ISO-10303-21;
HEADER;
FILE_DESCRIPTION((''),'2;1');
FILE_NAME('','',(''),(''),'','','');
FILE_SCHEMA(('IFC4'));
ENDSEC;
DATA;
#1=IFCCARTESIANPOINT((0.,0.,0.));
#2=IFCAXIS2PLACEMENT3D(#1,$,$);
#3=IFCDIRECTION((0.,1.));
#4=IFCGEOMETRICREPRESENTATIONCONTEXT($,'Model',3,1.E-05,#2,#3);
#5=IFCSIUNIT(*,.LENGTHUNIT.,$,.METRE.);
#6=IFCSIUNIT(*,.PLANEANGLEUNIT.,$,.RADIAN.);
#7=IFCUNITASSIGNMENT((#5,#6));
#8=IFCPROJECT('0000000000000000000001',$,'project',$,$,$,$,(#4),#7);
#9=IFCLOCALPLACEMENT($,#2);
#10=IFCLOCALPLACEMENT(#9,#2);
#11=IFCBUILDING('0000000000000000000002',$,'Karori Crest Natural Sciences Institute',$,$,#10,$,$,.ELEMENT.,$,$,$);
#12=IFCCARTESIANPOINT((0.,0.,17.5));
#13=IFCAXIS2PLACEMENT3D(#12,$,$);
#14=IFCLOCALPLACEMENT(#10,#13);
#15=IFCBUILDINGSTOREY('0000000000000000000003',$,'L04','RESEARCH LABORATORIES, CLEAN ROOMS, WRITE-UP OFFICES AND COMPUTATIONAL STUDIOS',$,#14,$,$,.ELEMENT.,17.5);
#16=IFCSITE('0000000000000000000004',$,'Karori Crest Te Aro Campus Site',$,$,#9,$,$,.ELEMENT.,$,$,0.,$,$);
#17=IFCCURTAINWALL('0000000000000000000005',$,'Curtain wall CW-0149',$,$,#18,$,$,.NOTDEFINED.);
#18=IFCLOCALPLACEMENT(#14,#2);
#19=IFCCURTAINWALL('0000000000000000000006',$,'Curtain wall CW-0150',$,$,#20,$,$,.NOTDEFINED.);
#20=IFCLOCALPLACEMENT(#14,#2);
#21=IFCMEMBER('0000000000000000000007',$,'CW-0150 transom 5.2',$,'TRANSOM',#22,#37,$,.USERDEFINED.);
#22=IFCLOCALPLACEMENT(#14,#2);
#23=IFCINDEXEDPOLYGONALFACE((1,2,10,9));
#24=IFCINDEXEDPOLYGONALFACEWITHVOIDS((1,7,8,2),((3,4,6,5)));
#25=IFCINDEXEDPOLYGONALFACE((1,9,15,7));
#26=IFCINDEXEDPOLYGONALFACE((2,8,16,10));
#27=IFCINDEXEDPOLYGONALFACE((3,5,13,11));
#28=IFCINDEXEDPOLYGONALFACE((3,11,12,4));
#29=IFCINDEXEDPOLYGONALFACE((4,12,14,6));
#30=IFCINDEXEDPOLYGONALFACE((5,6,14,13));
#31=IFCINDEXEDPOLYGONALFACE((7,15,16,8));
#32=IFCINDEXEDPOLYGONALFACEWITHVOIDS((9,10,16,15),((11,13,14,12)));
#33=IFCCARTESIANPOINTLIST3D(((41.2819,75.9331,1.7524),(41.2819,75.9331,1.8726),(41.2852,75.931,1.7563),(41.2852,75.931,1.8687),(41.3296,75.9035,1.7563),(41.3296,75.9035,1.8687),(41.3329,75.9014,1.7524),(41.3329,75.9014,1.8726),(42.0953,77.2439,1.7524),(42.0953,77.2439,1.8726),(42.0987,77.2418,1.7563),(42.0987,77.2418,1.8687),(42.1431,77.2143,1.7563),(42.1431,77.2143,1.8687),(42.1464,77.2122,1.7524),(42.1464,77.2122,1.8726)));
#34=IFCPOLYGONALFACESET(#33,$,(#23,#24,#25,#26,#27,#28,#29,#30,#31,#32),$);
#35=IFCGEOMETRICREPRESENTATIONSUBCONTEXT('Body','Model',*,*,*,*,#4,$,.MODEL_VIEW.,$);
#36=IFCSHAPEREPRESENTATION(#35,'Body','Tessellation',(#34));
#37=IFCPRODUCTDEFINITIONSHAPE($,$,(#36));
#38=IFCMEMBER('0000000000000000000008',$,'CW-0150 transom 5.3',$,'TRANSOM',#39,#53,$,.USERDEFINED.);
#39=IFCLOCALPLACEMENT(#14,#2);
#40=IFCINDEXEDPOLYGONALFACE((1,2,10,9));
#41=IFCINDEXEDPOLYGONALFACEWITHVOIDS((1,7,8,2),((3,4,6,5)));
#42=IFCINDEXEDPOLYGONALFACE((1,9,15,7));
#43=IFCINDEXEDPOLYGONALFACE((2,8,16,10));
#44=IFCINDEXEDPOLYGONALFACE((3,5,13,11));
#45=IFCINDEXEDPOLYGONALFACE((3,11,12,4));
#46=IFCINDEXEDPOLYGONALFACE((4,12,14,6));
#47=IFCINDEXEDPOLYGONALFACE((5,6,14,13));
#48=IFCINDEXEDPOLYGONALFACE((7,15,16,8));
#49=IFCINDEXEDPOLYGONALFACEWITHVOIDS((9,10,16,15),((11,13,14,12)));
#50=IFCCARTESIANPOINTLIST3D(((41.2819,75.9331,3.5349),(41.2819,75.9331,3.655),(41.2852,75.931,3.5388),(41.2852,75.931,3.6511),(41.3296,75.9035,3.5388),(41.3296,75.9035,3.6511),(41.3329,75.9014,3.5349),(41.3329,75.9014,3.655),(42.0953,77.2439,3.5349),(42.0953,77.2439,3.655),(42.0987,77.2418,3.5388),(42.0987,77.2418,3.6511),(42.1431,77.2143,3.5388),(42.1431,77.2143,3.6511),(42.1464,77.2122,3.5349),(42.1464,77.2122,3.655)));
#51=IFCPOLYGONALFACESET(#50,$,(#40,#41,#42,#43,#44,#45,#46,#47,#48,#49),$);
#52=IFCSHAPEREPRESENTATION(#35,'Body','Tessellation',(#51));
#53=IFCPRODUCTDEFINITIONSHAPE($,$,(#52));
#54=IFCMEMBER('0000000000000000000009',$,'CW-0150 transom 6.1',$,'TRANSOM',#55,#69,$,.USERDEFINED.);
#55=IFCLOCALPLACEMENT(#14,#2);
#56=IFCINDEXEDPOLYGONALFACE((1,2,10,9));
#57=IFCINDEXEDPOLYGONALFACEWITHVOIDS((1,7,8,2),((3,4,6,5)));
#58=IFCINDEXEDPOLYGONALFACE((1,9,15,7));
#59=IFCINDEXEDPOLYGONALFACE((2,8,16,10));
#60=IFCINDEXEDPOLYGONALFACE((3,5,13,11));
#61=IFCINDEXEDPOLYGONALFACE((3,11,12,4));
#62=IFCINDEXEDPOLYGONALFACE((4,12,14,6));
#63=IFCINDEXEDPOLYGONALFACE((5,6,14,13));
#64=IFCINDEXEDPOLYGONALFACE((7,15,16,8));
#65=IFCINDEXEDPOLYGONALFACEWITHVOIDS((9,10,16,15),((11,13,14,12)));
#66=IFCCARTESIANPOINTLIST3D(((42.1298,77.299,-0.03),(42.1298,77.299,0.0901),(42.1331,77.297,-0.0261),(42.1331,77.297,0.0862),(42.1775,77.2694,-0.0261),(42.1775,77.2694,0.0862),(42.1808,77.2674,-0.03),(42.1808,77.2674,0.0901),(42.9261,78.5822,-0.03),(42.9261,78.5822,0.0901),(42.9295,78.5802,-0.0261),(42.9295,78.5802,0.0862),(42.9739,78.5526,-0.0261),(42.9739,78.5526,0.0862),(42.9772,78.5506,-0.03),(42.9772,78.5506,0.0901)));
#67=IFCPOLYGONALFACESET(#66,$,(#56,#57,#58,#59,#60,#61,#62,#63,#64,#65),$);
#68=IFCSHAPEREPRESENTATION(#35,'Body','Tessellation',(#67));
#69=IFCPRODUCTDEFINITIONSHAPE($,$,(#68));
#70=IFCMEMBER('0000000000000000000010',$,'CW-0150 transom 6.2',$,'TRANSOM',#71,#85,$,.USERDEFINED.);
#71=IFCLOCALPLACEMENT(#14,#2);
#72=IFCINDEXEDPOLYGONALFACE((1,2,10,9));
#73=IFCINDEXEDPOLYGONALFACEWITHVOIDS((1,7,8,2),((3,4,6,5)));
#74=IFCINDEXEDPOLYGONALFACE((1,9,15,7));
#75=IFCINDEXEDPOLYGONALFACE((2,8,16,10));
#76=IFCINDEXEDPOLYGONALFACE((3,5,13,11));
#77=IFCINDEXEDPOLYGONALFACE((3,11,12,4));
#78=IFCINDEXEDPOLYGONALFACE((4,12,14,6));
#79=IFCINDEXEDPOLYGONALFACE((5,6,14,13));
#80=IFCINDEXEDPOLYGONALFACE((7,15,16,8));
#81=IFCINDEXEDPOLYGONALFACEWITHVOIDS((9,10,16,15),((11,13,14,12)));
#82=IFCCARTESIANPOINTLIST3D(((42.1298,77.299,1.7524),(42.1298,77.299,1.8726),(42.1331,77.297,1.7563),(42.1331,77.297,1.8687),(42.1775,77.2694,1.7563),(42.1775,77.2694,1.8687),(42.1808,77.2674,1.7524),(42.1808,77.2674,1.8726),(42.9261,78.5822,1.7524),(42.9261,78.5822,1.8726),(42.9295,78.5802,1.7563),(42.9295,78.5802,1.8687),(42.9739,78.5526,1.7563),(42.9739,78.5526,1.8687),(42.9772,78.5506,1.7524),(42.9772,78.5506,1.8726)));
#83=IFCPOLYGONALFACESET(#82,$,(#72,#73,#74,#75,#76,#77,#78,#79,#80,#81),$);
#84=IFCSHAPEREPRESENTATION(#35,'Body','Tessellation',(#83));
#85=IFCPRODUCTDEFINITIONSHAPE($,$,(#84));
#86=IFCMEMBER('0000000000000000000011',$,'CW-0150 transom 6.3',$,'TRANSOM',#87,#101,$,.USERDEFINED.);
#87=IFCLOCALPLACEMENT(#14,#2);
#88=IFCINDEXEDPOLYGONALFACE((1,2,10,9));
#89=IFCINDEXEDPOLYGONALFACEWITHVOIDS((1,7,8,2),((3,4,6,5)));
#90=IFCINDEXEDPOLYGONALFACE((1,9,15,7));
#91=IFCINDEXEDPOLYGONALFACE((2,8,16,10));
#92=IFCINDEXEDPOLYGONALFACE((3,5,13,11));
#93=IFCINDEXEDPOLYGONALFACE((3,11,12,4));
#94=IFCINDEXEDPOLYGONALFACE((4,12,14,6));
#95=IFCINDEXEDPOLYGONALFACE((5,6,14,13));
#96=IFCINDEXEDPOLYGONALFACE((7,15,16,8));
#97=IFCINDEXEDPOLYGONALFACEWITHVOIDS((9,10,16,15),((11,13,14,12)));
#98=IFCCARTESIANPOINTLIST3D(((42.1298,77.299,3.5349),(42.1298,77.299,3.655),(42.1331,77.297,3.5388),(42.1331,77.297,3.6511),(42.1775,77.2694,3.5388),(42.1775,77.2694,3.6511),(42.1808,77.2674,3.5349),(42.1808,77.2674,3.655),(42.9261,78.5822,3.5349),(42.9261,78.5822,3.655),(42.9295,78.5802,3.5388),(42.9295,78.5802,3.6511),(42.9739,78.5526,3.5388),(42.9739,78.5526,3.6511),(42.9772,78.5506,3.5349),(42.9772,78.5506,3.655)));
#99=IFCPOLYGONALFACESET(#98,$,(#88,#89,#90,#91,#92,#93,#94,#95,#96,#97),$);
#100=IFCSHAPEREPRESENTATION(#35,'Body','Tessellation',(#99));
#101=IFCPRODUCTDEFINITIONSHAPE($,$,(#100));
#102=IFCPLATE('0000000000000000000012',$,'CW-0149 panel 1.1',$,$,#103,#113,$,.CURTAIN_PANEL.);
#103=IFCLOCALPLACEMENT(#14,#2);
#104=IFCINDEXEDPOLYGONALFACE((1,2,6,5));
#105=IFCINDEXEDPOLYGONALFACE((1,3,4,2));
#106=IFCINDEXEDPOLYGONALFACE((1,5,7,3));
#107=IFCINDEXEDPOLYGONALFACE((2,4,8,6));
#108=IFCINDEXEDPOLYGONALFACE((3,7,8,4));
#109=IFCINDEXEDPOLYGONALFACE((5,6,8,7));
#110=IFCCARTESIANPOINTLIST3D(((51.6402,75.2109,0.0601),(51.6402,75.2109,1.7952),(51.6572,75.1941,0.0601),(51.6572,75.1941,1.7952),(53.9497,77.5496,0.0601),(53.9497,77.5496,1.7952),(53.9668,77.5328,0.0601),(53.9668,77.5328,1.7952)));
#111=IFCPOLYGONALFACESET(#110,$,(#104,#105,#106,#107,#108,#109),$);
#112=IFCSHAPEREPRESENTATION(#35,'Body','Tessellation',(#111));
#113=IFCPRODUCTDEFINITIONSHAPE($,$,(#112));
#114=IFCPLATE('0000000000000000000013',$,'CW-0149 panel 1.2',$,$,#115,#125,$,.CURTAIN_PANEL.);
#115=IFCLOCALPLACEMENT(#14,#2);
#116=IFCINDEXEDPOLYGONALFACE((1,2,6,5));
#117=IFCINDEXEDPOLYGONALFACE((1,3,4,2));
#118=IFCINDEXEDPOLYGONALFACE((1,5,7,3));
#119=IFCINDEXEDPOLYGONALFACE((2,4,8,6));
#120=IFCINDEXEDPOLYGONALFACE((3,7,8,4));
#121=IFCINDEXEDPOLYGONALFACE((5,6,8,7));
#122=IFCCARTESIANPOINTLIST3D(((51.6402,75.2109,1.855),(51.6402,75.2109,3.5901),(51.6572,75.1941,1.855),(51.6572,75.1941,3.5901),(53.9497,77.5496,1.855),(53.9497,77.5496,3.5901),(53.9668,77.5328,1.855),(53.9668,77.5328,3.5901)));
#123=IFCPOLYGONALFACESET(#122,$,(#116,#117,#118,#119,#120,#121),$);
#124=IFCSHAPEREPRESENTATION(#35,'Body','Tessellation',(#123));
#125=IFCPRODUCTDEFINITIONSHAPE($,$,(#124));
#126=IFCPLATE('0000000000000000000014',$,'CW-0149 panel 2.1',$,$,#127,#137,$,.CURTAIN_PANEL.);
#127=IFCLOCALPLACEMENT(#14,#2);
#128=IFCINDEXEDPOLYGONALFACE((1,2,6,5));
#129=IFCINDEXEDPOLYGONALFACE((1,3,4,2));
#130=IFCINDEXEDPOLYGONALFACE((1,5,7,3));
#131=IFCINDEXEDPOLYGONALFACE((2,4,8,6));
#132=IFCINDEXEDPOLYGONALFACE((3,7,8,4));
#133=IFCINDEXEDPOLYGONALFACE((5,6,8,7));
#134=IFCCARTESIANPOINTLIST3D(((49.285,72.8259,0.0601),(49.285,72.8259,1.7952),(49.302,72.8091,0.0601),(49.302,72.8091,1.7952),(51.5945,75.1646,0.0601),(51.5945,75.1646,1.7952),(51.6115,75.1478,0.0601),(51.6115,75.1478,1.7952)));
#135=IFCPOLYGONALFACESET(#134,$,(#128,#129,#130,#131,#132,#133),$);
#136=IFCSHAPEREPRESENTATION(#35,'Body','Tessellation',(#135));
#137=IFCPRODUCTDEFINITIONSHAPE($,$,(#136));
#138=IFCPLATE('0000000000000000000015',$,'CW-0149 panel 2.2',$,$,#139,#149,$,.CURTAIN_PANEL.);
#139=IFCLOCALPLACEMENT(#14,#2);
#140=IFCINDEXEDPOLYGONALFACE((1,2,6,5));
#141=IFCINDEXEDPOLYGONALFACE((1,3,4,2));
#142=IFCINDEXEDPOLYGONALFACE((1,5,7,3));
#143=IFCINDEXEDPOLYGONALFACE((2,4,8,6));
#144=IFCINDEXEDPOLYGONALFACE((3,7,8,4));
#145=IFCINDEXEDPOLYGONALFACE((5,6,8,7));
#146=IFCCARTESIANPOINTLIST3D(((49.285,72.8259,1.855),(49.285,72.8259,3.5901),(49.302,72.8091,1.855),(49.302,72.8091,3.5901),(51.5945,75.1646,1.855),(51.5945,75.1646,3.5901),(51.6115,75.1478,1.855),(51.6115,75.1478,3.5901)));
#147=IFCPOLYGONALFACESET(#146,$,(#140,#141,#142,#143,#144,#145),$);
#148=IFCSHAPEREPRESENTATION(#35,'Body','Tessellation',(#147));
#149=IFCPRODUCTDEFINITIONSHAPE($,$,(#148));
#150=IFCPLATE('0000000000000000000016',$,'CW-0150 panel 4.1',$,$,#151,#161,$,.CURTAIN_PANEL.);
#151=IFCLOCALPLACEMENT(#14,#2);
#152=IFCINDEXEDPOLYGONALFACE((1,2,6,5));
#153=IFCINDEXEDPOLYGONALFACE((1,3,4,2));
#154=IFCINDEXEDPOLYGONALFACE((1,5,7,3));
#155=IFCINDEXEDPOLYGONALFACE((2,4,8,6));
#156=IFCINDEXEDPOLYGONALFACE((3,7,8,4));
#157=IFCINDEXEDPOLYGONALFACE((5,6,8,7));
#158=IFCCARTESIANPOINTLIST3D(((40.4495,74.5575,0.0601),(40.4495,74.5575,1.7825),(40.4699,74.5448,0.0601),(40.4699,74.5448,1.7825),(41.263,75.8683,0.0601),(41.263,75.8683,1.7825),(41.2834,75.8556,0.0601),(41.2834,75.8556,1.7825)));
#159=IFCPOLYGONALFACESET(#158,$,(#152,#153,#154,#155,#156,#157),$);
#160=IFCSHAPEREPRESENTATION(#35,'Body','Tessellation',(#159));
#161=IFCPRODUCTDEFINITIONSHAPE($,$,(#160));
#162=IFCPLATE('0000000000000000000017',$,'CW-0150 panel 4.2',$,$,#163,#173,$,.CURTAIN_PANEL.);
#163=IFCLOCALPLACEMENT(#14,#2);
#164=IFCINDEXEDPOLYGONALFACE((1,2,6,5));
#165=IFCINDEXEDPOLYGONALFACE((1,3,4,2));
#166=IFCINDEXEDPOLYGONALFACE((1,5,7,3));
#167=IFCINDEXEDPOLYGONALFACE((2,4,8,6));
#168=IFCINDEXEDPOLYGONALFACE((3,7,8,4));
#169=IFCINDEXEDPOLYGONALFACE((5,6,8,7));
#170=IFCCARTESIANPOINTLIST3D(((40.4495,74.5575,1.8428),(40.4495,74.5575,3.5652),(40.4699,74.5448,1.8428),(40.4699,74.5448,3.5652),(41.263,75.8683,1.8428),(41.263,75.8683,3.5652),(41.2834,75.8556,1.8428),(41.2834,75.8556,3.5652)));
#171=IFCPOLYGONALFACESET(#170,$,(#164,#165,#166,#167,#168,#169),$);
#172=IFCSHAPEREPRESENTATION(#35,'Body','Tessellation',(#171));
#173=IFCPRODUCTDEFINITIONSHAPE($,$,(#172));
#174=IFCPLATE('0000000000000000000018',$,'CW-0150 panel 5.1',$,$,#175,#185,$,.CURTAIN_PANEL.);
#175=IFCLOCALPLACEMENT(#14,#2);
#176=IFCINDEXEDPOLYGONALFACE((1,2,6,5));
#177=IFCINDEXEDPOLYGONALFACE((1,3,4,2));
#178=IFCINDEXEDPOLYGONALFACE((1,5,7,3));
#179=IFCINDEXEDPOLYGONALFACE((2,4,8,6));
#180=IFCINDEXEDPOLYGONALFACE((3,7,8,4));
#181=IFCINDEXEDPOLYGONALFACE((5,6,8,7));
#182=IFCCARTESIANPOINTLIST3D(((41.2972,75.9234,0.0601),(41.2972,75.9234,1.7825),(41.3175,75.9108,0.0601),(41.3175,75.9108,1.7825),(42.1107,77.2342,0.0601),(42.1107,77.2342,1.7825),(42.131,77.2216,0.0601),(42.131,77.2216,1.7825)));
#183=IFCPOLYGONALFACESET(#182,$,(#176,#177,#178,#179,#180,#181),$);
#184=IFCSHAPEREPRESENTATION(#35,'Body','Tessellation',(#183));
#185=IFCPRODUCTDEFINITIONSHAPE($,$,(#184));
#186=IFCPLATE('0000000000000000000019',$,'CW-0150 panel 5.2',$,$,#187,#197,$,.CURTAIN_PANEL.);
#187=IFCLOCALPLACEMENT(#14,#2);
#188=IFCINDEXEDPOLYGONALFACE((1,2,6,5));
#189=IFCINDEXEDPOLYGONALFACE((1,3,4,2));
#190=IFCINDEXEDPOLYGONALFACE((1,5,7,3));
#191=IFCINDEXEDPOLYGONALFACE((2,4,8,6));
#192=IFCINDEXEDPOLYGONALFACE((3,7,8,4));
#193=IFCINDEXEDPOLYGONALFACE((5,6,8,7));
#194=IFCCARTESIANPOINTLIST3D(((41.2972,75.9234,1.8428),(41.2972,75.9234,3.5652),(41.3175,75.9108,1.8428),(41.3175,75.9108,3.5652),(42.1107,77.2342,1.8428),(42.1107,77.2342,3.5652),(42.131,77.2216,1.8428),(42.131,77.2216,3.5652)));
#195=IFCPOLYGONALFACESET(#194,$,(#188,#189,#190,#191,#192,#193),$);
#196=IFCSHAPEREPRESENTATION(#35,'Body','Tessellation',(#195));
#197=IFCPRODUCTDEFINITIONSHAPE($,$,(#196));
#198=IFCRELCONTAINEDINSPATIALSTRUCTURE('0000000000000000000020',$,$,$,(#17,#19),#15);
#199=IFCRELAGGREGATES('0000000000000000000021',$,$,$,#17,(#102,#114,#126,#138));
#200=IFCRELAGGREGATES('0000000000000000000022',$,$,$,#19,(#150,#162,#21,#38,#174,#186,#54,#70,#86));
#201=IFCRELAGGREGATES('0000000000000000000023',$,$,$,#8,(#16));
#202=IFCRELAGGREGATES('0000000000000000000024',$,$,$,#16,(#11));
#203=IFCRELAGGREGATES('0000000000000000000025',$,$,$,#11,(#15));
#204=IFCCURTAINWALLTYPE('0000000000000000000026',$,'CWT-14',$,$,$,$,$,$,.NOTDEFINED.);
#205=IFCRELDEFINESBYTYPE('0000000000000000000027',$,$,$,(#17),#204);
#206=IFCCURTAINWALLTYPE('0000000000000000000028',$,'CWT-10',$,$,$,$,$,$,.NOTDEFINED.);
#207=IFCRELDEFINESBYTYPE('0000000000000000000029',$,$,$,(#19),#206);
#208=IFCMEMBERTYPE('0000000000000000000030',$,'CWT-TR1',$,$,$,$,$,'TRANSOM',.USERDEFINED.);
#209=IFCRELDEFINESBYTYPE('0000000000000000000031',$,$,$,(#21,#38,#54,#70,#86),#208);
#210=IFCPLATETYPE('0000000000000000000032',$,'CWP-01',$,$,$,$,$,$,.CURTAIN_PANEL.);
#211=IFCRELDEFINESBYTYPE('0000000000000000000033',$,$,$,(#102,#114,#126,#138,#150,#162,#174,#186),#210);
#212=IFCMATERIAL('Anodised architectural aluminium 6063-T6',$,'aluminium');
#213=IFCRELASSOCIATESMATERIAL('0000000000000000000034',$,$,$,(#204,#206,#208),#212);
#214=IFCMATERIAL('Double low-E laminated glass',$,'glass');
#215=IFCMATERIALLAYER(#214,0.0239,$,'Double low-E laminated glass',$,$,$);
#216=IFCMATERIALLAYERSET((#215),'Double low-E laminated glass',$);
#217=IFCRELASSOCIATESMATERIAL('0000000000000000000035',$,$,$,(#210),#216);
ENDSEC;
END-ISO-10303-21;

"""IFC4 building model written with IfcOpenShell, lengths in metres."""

from ifc_helpers import new_model, si_unit, direction, frame, origin, origin_2d, place, context, subcontext, project, spatial, rectangle, hollow_rectangle, extrude, material, layer, layer_set, material_profile, profile_set, type_object, element, aggregate, save


model = new_model("IFC4")

# Units and contexts
model_context = context("Model", 3, precision=1e-05, world=origin(), true_north=direction((0.0, 1.0)))
body_context = subcontext(model_context, "Body", "Model", "MODEL_VIEW")
ifc_project = project(units=[si_unit("LENGTHUNIT", "METRE"), si_unit("PLANEANGLEUNIT", "RADIAN")], contexts=[model_context])

# Site, building, storey
site_placement = place(None, origin())
site = spatial("IfcSite", under=ifc_project, at=site_placement, Name="Karori Crest Te Aro Campus Site", CompositionType="ELEMENT", RefElevation=0.0)
building_placement = place(site_placement, origin())
building = spatial("IfcBuilding", under=site, at=building_placement, Name="Karori Crest Natural Sciences Institute", CompositionType="ELEMENT")
storey_placement = place(building_placement, frame((0.0, 0.0, 17.5)))
storey = spatial("IfcBuildingStorey", under=building, at=storey_placement, Name="L04", Description="RESEARCH LABORATORIES, CLEAN ROOMS, WRITE-UP OFFICES AND COMPUTATIONAL STUDIOS", CompositionType="ELEMENT", Elevation=17.5)

# Curtain walls
ifc_material_1 = material(Name="Anodised architectural aluminium 6063-T6", Category="aluminium")
curtain_wall_type_1 = type_object("IfcCurtainWallType", Name="CWT-14", PredefinedType="NOTDEFINED", material=ifc_material_1)
curtain_wall_1_placement = place(storey_placement, origin())
curtain_wall_1 = element("IfcCurtainWall", 1, at=curtain_wall_1_placement, inside=storey, type_object=curtain_wall_type_1, Name="Curtain wall CW-0149", PredefinedType="NOTDEFINED")
curtain_wall_type_2 = type_object("IfcCurtainWallType", Name="CWT-10", PredefinedType="NOTDEFINED", material=ifc_material_1)
curtain_wall_2_placement = place(storey_placement, origin())
curtain_wall_2 = element("IfcCurtainWall", 2, at=curtain_wall_2_placement, inside=storey, type_object=curtain_wall_type_2, Name="Curtain wall CW-0150", PredefinedType="NOTDEFINED")

# Members
ifc_material_profile_1 = material_profile(ifc_material_1, hollow_rectangle(XDim=0.0601, YDim=0.1201, WallThickness=0.0039, at=origin_2d()), Name="CWT120x60x4")
ifc_profile_set_1 = profile_set([ifc_material_profile_1], Name="Anodised architectural aluminium 6063-T6")
member_type_1 = type_object("IfcMemberType", Name="CWT-TR1", ElementType="TRANSOM", PredefinedType="USERDEFINED", material=ifc_profile_set_1)
member_1_placement = place(storey_placement, frame((41.3074, 75.9172, 1.8125), z_axis=(0.527308, 0.849674, 0.0), x_axis=(-0.849674, 0.527308, 0.0)))
member_1 = element("IfcMember", 3, at=member_1_placement, type_object=member_type_1, Name="CW-0150 transom 5.2", ObjectType="TRANSOM", PredefinedType="USERDEFINED", context=body_context, shape_type="SweptSolid", body=[
    extrude(hollow_rectangle(XDim=0.0601, YDim=0.1201, WallThickness=0.0039, at=origin_2d()), origin(), (0.0, 0.0, 1.0), 1.5427),
])
member_2_placement = place(storey_placement, frame((41.3074, 75.9172, 3.595), z_axis=(0.527308, 0.849674, 0.0), x_axis=(-0.849674, 0.527308, 0.0)))
member_2 = element("IfcMember", 4, at=member_2_placement, type_object=member_type_1, Name="CW-0150 transom 5.3", ObjectType="TRANSOM", PredefinedType="USERDEFINED", context=body_context, shape_type="SweptSolid", body=[
    extrude(hollow_rectangle(XDim=0.0601, YDim=0.1201, WallThickness=0.0039, at=origin_2d()), origin(), (0.0, 0.0, 1.0), 1.5427),
])
member_3_placement = place(storey_placement, frame((42.1553, 77.2832, 0.03), z_axis=(0.527323, 0.849665, 0.0), x_axis=(-0.849665, 0.527323, 0.0)))
member_3 = element("IfcMember", 5, at=member_3_placement, type_object=member_type_1, Name="CW-0150 transom 6.1", ObjectType="TRANSOM", PredefinedType="USERDEFINED", context=body_context, shape_type="SweptSolid", body=[
    extrude(hollow_rectangle(XDim=0.0601, YDim=0.1201, WallThickness=0.0039, at=origin_2d()), origin(), (0.0, 0.0, 1.0), 1.5103),
])
member_4_placement = place(storey_placement, frame((42.1553, 77.2832, 1.8125), z_axis=(0.527323, 0.849665, 0.0), x_axis=(-0.849665, 0.527323, 0.0)))
member_4 = element("IfcMember", 6, at=member_4_placement, type_object=member_type_1, Name="CW-0150 transom 6.2", ObjectType="TRANSOM", PredefinedType="USERDEFINED", context=body_context, shape_type="SweptSolid", body=[
    extrude(hollow_rectangle(XDim=0.0601, YDim=0.1201, WallThickness=0.0039, at=origin_2d()), origin(), (0.0, 0.0, 1.0), 1.5103),
])
member_5_placement = place(storey_placement, frame((42.1553, 77.2832, 3.595), z_axis=(0.527323, 0.849665, 0.0), x_axis=(-0.849665, 0.527323, 0.0)))
member_5 = element("IfcMember", 7, at=member_5_placement, type_object=member_type_1, Name="CW-0150 transom 6.3", ObjectType="TRANSOM", PredefinedType="USERDEFINED", context=body_context, shape_type="SweptSolid", body=[
    extrude(hollow_rectangle(XDim=0.0601, YDim=0.1201, WallThickness=0.0039, at=origin_2d()), origin(), (0.0, 0.0, 1.0), 1.5103),
])

# Plates
ifc_material_2 = material(Name="Double low-E laminated glass", Category="glass")
ifc_layer_1 = layer(ifc_material_2, 0.0239, Name="Double low-E laminated glass")
ifc_layer_set_1 = layer_set([ifc_layer_1], Name="Double low-E laminated glass")
plate_type = type_object("IfcPlateType", Name="CWP-01", PredefinedType="CURTAIN_PANEL", material=ifc_layer_set_1)
plate_1_placement = place(storey_placement, frame((52.8035, 76.3718, 0.0601), z_axis=(0.0, 0.0, 1.0), x_axis=(-0.702661, -0.711525, 0.0)))
plate_1 = element("IfcPlate", 8, at=plate_1_placement, type_object=plate_type, Name="CW-0149 panel 1.1", PredefinedType="CURTAIN_PANEL", context=body_context, shape_type="SweptSolid", body=[
    extrude(rectangle(XDim=3.2869, YDim=0.0239, at=origin_2d()), origin(), (0.0, 0.0, 1.0), 1.7351),
])
plate_2_placement = place(storey_placement, frame((52.8035, 76.3718, 1.855), z_axis=(0.0, 0.0, 1.0), x_axis=(-0.702661, -0.711525, 0.0)))
plate_2 = element("IfcPlate", 9, at=plate_2_placement, type_object=plate_type, Name="CW-0149 panel 1.2", PredefinedType="CURTAIN_PANEL", context=body_context, shape_type="SweptSolid", body=[
    extrude(rectangle(XDim=3.2869, YDim=0.0239, at=origin_2d()), origin(), (0.0, 0.0, 1.0), 1.7351),
])
plate_3_placement = place(storey_placement, frame((50.4482, 73.9868, 0.0601), z_axis=(0.0, 0.0, 1.0), x_axis=(-0.702661, -0.711525, 0.0)))
plate_3 = element("IfcPlate", 10, at=plate_3_placement, type_object=plate_type, Name="CW-0149 panel 2.1", PredefinedType="CURTAIN_PANEL", context=body_context, shape_type="SweptSolid", body=[
    extrude(rectangle(XDim=3.2869, YDim=0.0239, at=origin_2d()), origin(), (0.0, 0.0, 1.0), 1.7351),
])
plate_4_placement = place(storey_placement, frame((50.4482, 73.9868, 1.855), z_axis=(0.0, 0.0, 1.0), x_axis=(-0.702661, -0.711525, 0.0)))
plate_4 = element("IfcPlate", 11, at=plate_4_placement, type_object=plate_type, Name="CW-0149 panel 2.2", PredefinedType="CURTAIN_PANEL", context=body_context, shape_type="SweptSolid", body=[
    extrude(rectangle(XDim=3.2869, YDim=0.0239, at=origin_2d()), origin(), (0.0, 0.0, 1.0), 1.7351),
])
aggregate(curtain_wall_1, [plate_1, plate_2, plate_3, plate_4])
plate_5_placement = place(storey_placement, frame((40.8665, 75.2065, 0.0601), z_axis=(0.0, 0.0, 1.0), x_axis=(0.527324, 0.849664, 0.0)))
plate_5 = element("IfcPlate", 12, at=plate_5_placement, type_object=plate_type, Name="CW-0150 panel 4.1", PredefinedType="CURTAIN_PANEL", context=body_context, shape_type="SweptSolid", body=[
    extrude(rectangle(XDim=1.5427, YDim=0.0239, at=origin_2d()), origin(), (0.0, 0.0, 1.0), 1.7224),
])
plate_6_placement = place(storey_placement, frame((40.8665, 75.2065, 1.8428), z_axis=(0.0, 0.0, 1.0), x_axis=(0.527324, 0.849664, 0.0)))
plate_6 = element("IfcPlate", 13, at=plate_6_placement, type_object=plate_type, Name="CW-0150 panel 4.2", PredefinedType="CURTAIN_PANEL", context=body_context, shape_type="SweptSolid", body=[
    extrude(rectangle(XDim=1.5427, YDim=0.0239, at=origin_2d()), origin(), (0.0, 0.0, 1.0), 1.7224),
])
plate_7_placement = place(storey_placement, frame((41.7141, 76.5725, 0.0601), z_axis=(0.0, 0.0, 1.0), x_axis=(0.527324, 0.849664, 0.0)))
plate_7 = element("IfcPlate", 14, at=plate_7_placement, type_object=plate_type, Name="CW-0150 panel 5.1", PredefinedType="CURTAIN_PANEL", context=body_context, shape_type="SweptSolid", body=[
    extrude(rectangle(XDim=1.5427, YDim=0.0239, at=origin_2d()), origin(), (0.0, 0.0, 1.0), 1.7224),
])
plate_8_placement = place(storey_placement, frame((41.7141, 76.5725, 1.8428), z_axis=(0.0, 0.0, 1.0), x_axis=(0.527324, 0.849664, 0.0)))
plate_8 = element("IfcPlate", 15, at=plate_8_placement, type_object=plate_type, Name="CW-0150 panel 5.2", PredefinedType="CURTAIN_PANEL", context=body_context, shape_type="SweptSolid", body=[
    extrude(rectangle(XDim=1.5427, YDim=0.0239, at=origin_2d()), origin(), (0.0, 0.0, 1.0), 1.7224),
])
aggregate(curtain_wall_2, [plate_5, plate_6, member_1, member_2, plate_7, plate_8, member_3, member_4, member_5])

save(model, "model.ifc")
